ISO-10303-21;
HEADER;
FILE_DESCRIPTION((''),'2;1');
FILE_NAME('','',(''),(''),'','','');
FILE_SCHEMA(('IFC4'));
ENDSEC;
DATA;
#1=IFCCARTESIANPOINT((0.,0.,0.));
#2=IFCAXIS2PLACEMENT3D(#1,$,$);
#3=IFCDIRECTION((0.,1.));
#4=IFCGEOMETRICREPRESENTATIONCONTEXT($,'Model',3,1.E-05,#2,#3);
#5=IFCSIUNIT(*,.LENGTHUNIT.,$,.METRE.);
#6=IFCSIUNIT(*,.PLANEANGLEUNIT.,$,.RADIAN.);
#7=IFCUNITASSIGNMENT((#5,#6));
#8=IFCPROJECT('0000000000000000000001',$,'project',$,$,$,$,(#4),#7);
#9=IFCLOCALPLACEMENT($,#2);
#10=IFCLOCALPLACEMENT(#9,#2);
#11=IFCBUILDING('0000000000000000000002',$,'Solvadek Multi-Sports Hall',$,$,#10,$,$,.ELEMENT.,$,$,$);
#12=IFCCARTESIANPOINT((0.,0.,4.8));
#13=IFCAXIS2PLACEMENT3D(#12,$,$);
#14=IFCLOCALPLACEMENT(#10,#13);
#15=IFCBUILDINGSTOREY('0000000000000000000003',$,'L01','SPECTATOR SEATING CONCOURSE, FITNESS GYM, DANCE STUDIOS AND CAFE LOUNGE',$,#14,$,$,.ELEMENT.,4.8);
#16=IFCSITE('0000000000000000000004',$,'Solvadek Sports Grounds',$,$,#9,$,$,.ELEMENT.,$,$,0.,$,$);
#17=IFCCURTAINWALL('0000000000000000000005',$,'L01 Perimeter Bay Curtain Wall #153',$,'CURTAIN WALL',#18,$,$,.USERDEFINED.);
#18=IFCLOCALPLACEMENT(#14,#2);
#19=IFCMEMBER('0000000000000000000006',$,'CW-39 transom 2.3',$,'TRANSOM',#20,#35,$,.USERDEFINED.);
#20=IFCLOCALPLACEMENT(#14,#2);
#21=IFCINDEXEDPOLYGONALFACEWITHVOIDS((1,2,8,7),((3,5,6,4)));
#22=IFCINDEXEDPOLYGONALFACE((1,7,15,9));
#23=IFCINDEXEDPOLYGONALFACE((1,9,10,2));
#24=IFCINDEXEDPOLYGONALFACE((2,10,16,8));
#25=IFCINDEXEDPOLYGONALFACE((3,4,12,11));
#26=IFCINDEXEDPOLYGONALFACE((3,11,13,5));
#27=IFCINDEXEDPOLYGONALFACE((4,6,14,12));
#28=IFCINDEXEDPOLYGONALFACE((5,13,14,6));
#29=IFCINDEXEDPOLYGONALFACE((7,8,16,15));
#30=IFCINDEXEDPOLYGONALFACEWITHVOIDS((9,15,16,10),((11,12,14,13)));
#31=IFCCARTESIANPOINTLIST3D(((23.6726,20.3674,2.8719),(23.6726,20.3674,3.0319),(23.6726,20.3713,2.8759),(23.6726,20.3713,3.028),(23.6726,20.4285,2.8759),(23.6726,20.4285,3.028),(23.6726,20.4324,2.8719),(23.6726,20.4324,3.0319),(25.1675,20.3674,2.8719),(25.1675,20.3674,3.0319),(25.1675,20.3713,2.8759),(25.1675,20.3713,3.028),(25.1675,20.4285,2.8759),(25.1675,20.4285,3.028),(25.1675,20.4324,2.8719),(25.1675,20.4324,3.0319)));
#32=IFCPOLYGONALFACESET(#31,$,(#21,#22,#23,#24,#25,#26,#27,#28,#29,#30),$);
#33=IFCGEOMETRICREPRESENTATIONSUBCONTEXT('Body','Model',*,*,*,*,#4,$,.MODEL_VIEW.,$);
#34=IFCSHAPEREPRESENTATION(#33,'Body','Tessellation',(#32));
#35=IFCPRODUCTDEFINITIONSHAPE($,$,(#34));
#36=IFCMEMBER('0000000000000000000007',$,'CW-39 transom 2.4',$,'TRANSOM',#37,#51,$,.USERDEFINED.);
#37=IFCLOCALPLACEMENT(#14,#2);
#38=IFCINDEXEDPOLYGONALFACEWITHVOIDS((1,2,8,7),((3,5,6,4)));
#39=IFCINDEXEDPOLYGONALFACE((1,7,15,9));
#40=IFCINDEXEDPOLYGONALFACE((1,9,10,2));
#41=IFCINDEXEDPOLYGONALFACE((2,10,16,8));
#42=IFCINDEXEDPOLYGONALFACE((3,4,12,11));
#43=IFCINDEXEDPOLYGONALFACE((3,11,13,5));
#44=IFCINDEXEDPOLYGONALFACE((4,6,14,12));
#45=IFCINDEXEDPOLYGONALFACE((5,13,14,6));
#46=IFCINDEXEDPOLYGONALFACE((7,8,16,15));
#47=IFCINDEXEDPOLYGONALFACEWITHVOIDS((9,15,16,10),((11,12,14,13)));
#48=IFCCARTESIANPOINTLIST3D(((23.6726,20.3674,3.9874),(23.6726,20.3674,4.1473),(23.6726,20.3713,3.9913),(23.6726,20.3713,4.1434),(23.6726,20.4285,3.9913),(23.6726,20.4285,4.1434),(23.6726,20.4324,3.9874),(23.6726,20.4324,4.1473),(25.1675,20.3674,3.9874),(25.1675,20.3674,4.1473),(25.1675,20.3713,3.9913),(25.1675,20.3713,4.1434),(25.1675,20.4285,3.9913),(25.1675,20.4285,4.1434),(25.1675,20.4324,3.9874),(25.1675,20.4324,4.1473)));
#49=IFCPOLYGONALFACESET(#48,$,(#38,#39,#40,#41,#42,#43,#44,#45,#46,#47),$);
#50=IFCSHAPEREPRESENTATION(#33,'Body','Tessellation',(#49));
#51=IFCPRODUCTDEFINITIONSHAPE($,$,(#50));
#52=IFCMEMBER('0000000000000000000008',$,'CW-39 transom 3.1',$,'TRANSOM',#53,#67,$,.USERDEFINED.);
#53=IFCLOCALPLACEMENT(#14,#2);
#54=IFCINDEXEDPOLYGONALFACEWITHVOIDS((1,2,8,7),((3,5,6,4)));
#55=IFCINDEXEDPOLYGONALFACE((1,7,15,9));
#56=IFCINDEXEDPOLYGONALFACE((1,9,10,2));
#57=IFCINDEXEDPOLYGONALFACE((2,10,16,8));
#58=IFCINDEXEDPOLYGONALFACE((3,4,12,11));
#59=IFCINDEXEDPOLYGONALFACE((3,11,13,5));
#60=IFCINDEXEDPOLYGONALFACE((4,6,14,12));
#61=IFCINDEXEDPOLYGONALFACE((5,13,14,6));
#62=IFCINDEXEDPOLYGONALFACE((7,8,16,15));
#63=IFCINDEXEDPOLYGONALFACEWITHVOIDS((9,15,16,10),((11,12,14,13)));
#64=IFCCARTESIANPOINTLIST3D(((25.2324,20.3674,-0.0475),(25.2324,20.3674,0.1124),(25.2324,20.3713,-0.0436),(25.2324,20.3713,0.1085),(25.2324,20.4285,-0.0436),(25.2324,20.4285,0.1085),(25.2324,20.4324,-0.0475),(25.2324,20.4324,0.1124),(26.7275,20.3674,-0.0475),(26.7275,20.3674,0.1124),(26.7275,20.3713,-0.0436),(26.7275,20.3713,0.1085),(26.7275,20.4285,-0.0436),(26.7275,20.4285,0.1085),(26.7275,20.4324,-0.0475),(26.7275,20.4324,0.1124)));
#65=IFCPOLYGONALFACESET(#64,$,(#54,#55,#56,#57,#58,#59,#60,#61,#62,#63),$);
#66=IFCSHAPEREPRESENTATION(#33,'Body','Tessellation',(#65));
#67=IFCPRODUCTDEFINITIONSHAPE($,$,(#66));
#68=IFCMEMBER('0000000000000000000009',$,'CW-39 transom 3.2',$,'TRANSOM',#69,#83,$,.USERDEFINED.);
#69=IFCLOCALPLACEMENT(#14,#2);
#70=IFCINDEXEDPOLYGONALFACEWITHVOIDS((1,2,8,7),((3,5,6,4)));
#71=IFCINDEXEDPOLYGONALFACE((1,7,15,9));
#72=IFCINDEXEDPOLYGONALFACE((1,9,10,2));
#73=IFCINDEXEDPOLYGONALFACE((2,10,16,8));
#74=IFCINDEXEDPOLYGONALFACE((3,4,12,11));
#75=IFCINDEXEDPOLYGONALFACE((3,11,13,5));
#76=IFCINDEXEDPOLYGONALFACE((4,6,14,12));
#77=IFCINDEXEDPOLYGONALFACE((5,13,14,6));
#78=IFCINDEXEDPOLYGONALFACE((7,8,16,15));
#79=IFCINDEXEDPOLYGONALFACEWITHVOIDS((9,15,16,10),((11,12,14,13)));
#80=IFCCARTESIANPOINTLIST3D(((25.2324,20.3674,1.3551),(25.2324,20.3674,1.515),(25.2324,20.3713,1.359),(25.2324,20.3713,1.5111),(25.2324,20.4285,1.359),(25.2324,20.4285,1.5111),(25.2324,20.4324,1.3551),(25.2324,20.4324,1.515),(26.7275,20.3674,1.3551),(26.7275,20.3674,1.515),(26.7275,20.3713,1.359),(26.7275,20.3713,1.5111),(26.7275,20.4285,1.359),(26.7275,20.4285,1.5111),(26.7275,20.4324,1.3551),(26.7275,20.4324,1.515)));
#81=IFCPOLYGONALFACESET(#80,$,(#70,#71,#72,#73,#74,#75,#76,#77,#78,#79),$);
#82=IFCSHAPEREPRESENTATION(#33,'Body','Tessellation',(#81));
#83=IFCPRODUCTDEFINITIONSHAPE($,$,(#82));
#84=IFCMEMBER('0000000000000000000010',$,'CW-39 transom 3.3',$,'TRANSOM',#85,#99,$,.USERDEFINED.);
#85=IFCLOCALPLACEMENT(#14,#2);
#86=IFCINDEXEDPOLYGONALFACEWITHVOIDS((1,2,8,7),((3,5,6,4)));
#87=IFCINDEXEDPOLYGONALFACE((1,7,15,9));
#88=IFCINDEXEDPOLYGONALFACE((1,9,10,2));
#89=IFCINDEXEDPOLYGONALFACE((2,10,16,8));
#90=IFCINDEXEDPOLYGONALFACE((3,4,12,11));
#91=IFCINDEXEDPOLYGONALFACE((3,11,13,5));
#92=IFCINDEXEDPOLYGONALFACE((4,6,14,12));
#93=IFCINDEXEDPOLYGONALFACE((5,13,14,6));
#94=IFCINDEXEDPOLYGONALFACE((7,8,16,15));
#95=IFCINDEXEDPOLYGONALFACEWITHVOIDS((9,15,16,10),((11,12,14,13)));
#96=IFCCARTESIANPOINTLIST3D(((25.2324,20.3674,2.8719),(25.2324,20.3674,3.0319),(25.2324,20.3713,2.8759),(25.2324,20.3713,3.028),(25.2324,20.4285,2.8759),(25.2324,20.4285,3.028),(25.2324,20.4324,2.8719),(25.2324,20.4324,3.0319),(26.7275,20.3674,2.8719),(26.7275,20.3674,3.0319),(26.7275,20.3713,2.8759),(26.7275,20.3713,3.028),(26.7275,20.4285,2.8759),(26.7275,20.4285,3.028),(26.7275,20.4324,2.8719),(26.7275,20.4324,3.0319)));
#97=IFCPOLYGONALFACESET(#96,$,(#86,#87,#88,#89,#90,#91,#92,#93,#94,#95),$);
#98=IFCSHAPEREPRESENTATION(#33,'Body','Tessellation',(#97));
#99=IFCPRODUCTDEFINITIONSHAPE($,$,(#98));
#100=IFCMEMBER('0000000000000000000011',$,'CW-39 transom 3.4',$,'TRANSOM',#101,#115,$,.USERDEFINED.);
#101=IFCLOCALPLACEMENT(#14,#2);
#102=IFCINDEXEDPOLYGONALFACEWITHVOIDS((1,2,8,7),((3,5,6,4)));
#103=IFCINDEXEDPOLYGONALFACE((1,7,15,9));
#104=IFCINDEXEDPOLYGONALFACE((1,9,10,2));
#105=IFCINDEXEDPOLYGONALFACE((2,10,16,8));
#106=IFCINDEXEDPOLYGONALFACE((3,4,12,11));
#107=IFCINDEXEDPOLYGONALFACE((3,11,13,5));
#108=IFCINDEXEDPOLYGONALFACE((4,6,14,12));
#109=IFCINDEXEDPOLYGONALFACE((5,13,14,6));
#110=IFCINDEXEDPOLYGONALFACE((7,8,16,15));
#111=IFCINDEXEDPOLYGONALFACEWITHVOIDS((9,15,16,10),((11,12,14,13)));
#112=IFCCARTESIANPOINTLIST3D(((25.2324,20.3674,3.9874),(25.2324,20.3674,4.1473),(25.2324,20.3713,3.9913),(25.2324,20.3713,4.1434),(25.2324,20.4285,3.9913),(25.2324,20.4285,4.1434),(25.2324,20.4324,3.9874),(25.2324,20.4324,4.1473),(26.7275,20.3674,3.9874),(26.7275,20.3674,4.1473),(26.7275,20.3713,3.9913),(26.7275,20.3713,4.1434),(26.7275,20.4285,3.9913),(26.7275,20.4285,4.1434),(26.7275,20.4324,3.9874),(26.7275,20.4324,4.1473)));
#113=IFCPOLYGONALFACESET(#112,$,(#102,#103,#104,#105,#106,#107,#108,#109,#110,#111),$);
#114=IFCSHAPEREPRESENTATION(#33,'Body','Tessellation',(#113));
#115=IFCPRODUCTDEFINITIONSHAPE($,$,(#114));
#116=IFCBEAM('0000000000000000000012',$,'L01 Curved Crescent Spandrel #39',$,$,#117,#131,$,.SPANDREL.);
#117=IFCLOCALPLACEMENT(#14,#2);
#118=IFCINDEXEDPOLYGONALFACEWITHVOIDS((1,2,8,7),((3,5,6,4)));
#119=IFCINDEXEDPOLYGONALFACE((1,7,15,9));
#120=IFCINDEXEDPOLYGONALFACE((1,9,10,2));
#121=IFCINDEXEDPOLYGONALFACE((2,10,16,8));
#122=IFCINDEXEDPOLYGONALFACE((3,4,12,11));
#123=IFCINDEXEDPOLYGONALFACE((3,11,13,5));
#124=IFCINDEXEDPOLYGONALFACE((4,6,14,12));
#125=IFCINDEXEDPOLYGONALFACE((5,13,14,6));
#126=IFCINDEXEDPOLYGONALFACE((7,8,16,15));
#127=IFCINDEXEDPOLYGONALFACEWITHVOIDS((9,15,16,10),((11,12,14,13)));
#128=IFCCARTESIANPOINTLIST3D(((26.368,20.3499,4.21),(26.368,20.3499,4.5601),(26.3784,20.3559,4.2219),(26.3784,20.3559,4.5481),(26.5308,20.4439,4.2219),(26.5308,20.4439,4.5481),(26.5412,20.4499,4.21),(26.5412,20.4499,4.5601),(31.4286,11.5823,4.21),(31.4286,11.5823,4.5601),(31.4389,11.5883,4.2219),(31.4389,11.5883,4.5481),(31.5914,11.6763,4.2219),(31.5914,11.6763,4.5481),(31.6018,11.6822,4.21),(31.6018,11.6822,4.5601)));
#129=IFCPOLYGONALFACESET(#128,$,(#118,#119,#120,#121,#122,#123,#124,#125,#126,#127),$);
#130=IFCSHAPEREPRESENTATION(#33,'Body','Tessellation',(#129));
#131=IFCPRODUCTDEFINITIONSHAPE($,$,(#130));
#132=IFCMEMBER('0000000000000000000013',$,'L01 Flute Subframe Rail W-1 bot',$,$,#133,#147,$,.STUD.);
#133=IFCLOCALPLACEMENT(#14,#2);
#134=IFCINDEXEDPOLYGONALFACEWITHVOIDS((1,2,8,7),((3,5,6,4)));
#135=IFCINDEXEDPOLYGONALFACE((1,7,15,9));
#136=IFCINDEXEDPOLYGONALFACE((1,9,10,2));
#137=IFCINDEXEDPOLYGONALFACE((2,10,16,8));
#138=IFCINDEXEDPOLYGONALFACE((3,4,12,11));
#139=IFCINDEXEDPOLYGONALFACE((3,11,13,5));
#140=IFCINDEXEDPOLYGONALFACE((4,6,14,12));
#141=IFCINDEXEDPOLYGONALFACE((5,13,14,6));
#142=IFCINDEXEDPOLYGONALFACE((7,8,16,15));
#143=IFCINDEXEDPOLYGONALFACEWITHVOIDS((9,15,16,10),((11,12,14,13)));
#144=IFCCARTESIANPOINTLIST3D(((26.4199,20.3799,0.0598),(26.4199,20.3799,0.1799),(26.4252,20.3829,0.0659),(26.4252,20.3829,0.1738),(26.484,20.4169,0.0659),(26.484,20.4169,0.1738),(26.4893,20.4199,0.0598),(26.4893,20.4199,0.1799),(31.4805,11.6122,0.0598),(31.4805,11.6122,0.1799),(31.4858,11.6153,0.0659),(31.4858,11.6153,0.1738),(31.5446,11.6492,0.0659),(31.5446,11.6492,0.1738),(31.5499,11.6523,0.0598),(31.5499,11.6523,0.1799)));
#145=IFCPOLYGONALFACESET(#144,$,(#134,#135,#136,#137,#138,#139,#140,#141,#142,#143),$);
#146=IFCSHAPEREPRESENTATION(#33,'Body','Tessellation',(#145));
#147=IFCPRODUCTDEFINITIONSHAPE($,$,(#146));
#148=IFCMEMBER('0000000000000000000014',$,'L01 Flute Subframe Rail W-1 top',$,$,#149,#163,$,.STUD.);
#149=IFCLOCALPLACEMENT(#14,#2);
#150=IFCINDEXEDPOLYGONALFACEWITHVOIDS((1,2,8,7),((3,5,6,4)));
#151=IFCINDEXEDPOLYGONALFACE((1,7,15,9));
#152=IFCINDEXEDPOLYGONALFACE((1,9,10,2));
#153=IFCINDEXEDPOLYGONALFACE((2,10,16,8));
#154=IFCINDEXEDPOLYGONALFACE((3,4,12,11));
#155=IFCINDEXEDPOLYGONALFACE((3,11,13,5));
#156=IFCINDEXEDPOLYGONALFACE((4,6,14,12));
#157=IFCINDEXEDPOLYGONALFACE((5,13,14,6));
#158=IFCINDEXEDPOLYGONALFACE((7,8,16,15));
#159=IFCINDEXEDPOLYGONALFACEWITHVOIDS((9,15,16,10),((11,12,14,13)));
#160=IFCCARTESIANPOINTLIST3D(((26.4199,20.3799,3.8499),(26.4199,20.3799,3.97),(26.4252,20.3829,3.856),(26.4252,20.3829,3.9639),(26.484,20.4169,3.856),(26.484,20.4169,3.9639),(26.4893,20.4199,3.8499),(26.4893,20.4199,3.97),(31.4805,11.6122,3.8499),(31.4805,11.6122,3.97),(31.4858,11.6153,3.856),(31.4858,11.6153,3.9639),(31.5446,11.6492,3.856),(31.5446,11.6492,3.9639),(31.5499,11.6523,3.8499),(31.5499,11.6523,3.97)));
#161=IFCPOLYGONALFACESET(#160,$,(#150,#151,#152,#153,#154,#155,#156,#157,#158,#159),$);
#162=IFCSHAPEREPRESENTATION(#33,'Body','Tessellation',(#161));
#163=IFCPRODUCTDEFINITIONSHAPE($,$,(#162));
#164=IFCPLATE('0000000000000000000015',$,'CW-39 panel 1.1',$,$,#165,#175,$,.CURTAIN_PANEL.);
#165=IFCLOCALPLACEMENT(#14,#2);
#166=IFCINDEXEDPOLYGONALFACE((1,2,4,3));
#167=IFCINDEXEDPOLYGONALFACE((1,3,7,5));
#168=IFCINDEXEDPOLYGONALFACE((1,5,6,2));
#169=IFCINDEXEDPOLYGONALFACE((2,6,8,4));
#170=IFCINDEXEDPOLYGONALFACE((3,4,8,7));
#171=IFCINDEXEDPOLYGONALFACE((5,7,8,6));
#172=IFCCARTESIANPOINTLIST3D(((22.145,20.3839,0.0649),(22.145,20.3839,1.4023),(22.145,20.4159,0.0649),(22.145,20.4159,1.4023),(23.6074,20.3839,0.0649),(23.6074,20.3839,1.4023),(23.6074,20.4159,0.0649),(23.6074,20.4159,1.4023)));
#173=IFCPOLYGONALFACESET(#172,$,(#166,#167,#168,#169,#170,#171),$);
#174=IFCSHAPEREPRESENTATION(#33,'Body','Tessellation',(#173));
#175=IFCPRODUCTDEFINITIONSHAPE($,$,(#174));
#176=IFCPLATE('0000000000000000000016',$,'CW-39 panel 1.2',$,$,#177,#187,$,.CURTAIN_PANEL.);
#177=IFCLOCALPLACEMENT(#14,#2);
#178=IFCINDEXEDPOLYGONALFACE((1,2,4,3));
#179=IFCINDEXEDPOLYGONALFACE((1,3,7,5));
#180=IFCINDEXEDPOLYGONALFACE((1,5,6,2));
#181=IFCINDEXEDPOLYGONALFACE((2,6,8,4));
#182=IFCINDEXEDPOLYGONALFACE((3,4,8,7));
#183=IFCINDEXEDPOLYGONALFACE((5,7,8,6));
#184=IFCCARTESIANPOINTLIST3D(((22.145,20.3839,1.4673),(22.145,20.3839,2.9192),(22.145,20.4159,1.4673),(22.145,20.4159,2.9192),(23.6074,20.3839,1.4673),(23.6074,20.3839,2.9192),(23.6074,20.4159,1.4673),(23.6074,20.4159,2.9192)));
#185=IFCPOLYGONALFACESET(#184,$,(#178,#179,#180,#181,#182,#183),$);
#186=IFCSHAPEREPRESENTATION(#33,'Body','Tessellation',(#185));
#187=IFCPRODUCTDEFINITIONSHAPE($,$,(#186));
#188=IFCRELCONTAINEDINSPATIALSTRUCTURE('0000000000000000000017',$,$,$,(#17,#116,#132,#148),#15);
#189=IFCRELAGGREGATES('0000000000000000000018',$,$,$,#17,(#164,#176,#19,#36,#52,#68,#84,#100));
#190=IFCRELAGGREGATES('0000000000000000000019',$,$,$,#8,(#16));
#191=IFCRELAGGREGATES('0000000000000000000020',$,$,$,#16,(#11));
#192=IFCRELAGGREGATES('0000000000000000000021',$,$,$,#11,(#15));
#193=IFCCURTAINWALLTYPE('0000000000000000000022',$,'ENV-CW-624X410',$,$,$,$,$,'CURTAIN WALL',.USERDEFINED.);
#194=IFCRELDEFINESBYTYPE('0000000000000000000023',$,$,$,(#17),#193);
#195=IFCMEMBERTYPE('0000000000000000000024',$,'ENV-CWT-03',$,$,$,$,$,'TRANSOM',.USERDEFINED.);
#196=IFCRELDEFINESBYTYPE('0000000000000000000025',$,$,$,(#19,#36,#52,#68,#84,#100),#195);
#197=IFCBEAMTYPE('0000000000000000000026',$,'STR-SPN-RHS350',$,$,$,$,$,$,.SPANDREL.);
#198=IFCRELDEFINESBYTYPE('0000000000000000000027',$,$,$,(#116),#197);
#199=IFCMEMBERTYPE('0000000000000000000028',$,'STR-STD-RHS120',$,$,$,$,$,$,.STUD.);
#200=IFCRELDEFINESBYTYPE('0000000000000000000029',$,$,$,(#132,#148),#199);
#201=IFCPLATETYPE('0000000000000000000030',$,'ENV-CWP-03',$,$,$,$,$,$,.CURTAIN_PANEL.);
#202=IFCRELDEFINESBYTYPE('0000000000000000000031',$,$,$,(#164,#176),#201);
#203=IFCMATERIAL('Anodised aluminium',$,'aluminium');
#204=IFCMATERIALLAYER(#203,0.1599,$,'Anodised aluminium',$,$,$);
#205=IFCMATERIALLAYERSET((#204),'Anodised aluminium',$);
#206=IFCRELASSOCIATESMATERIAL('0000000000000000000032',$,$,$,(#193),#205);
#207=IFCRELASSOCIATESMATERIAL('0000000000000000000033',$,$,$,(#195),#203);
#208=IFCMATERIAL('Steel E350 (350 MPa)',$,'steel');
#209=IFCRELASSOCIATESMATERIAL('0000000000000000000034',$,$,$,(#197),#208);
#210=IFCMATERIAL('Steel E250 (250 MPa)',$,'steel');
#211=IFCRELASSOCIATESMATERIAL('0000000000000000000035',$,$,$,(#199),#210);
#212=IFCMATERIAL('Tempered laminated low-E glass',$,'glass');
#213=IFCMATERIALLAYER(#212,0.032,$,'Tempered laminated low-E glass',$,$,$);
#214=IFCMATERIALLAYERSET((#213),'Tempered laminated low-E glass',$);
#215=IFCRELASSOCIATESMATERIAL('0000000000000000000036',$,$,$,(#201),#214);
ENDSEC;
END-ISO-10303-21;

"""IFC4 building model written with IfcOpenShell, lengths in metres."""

from ifc_helpers import new_model, si_unit, direction, frame, origin, origin_2d, place, context, subcontext, project, spatial, rectangle, hollow_rectangle, extrude, material, layer, layer_set, material_profile, profile_set, type_object, element, aggregate, save


model = new_model("IFC4")

# Units and contexts
model_context = context("Model", 3, precision=1e-05, world=origin(), true_north=direction((0.0, 1.0)))
body_context = subcontext(model_context, "Body", "Model", "MODEL_VIEW")
ifc_project = project(units=[si_unit("LENGTHUNIT", "METRE"), si_unit("PLANEANGLEUNIT", "RADIAN")], contexts=[model_context])

# Site, building, storey
site_placement = place(None, origin())
site = spatial("IfcSite", under=ifc_project, at=site_placement, Name="Solvadek Sports Grounds", CompositionType="ELEMENT", RefElevation=0.0)
building_placement = place(site_placement, origin())
building = spatial("IfcBuilding", under=site, at=building_placement, Name="Solvadek Multi-Sports Hall", CompositionType="ELEMENT")
storey_placement = place(building_placement, frame((0.0, 0.0, 4.8)))
storey = spatial("IfcBuildingStorey", under=building, at=storey_placement, Name="L01", Description="SPECTATOR SEATING CONCOURSE, FITNESS GYM, DANCE STUDIOS AND CAFE LOUNGE", CompositionType="ELEMENT", Elevation=4.8)

# Shared definitions
ifc_material_1 = material(Name="Steel E350 (350 MPa)", Category="steel")

# Shared definitions
ifc_material_2 = material(Name="Anodised aluminium", Category="aluminium")

# Curtain wall, members
ifc_layer_1 = layer(ifc_material_2, 0.1599, Name="Anodised aluminium")
ifc_layer_set_1 = layer_set([ifc_layer_1], Name="Anodised aluminium")
curtain_wall_type_1 = type_object("IfcCurtainWallType", Name="ENV-CW-624X410", ElementType="CURTAIN WALL", PredefinedType="USERDEFINED", material=ifc_layer_set_1)
curtain_wall_1_placement = place(storey_placement, origin())
curtain_wall_1 = element("IfcCurtainWall", 1, at=curtain_wall_1_placement, inside=storey, type_object=curtain_wall_type_1, Name="L01 Perimeter Bay Curtain Wall #153", ObjectType="CURTAIN WALL", PredefinedType="USERDEFINED")
ifc_material_profile_1 = material_profile(ifc_material_2, hollow_rectangle(XDim=0.0649, YDim=0.1599, WallThickness=0.0039, at=origin_2d()), Name="ALU-T 160x65x4")
ifc_profile_set_1 = profile_set([ifc_material_profile_1], Name="Anodised aluminium")
member_type_1 = type_object("IfcMemberType", Name="ENV-CWT-03", ElementType="TRANSOM", PredefinedType="USERDEFINED", material=ifc_profile_set_1)
member_1_placement = place(storey_placement, frame((23.6726, 20.3999, 2.9519), z_axis=(1.0, 0.0, 0.0), x_axis=(0.0, 1.0, 0.0)))
member_1 = element("IfcMember", 2, at=member_1_placement, type_object=member_type_1, Name="CW-39 transom 2.3", ObjectType="TRANSOM", PredefinedType="USERDEFINED", context=body_context, shape_type="SweptSolid", body=[
    extrude(hollow_rectangle(XDim=0.0649, YDim=0.1599, WallThickness=0.0039, at=origin_2d()), origin(), (0.0, 0.0, 1.0), 1.4949),
])
member_2_placement = place(storey_placement, frame((23.6726, 20.3999, 4.0674), z_axis=(1.0, 0.0, 0.0), x_axis=(0.0, 1.0, 0.0)))
member_2 = element("IfcMember", 3, at=member_2_placement, type_object=member_type_1, Name="CW-39 transom 2.4", ObjectType="TRANSOM", PredefinedType="USERDEFINED", context=body_context, shape_type="SweptSolid", body=[
    extrude(hollow_rectangle(XDim=0.0649, YDim=0.1599, WallThickness=0.0039, at=origin_2d()), origin(), (0.0, 0.0, 1.0), 1.4949),
])
member_3_placement = place(storey_placement, frame((25.2324, 20.3999, 0.0325), z_axis=(1.0, 0.0, 0.0), x_axis=(0.0, 1.0, 0.0)))
member_3 = element("IfcMember", 4, at=member_3_placement, type_object=member_type_1, Name="CW-39 transom 3.1", ObjectType="TRANSOM", PredefinedType="USERDEFINED", context=body_context, shape_type="SweptSolid", body=[
    extrude(hollow_rectangle(XDim=0.0649, YDim=0.1599, WallThickness=0.0039, at=origin_2d()), origin(), (0.0, 0.0, 1.0), 1.4951),
])
member_4_placement = place(storey_placement, frame((25.2324, 20.3999, 1.4351), z_axis=(1.0, 0.0, 0.0), x_axis=(0.0, 1.0, 0.0)))
member_4 = element("IfcMember", 5, at=member_4_placement, type_object=member_type_1, Name="CW-39 transom 3.2", ObjectType="TRANSOM", PredefinedType="USERDEFINED", context=body_context, shape_type="SweptSolid", body=[
    extrude(hollow_rectangle(XDim=0.0649, YDim=0.1599, WallThickness=0.0039, at=origin_2d()), origin(), (0.0, 0.0, 1.0), 1.4951),
])
member_5_placement = place(storey_placement, frame((25.2324, 20.3999, 2.9519), z_axis=(1.0, 0.0, 0.0), x_axis=(0.0, 1.0, 0.0)))
member_5 = element("IfcMember", 6, at=member_5_placement, type_object=member_type_1, Name="CW-39 transom 3.3", ObjectType="TRANSOM", PredefinedType="USERDEFINED", context=body_context, shape_type="SweptSolid", body=[
    extrude(hollow_rectangle(XDim=0.0649, YDim=0.1599, WallThickness=0.0039, at=origin_2d()), origin(), (0.0, 0.0, 1.0), 1.4951),
])
member_6_placement = place(storey_placement, frame((25.2324, 20.3999, 4.0674), z_axis=(1.0, 0.0, 0.0), x_axis=(0.0, 1.0, 0.0)))
member_6 = element("IfcMember", 7, at=member_6_placement, type_object=member_type_1, Name="CW-39 transom 3.4", ObjectType="TRANSOM", PredefinedType="USERDEFINED", context=body_context, shape_type="SweptSolid", body=[
    extrude(hollow_rectangle(XDim=0.0649, YDim=0.1599, WallThickness=0.0039, at=origin_2d()), origin(), (0.0, 0.0, 1.0), 1.4951),
])

# Beam
ifc_material_profile_2 = material_profile(ifc_material_1, hollow_rectangle(XDim=0.2, YDim=0.3501, WallThickness=0.012, at=origin_2d()), Name="RHS 350x200x12")
ifc_profile_set_2 = profile_set([ifc_material_profile_2], Name="Steel E350 (350 MPa)")
beam_type = type_object("IfcBeamType", Name="STR-SPN-RHS350", PredefinedType="SPANDREL", material=ifc_profile_set_2)
beam_placement = place(storey_placement, frame((26.4546, 20.3999, 4.385), z_axis=(0.499895, -0.866086, 0.0), x_axis=(0.866086, 0.499895, 0.0)))
element("IfcBeam", 8, at=beam_placement, inside=storey, type_object=beam_type, Name="L01 Curved Crescent Spandrel #39", PredefinedType="SPANDREL", context=body_context, shape_type="SweptSolid", body=[
    extrude(hollow_rectangle(XDim=0.2, YDim=0.3501, WallThickness=0.012, at=origin_2d()), origin(), (0.0, 0.0, 1.0), 10.1233),
])

# Members
ifc_material_3 = material(Name="Steel E250 (250 MPa)", Category="steel")
ifc_material_profile_3 = material_profile(ifc_material_3, hollow_rectangle(XDim=0.0801, YDim=0.1201, WallThickness=0.0061, at=origin_2d()), Name="RHS 120x80x6")
ifc_profile_set_3 = profile_set([ifc_material_profile_3], Name="Steel E250 (250 MPa)")
member_type_2 = type_object("IfcMemberType", Name="STR-STD-RHS120", PredefinedType="STUD", material=ifc_profile_set_3)
for number, where, z_axis, x_axis, name in (
    (9, (26.4546, 20.3999, 0.1199), (0.499895, -0.866086, 0.0), (0.866086, 0.499895, 0.0), "L01 Flute Subframe Rail W-1 bot"),
    (10, (26.4546, 20.3999, 3.9099), (0.499895, -0.866086, 0.0), (0.866086, 0.499895, 0.0), "L01 Flute Subframe Rail W-1 top"),
):
    element("IfcMember", number, at=place(storey_placement, frame(where, z_axis=z_axis, x_axis=x_axis)), inside=storey, type_object=member_type_2, Name=name, PredefinedType="STUD", context=body_context, shape_type="SweptSolid", body=[
        extrude(hollow_rectangle(XDim=0.0801, YDim=0.1201, WallThickness=0.0061, at=origin_2d()), origin(), (0.0, 0.0, 1.0), 10.1233),
    ])

# Plates
ifc_material_4 = material(Name="Tempered laminated low-E glass", Category="glass")
ifc_layer_2 = layer(ifc_material_4, 0.032, Name="Tempered laminated low-E glass")
ifc_layer_set_2 = layer_set([ifc_layer_2], Name="Tempered laminated low-E glass")
plate_type = type_object("IfcPlateType", Name="ENV-CWP-03", PredefinedType="CURTAIN_PANEL", material=ifc_layer_set_2)
plate_1_placement = place(storey_placement, frame((22.8762, 20.3999, 0.0649), z_axis=(0.0, 0.0, 1.0), x_axis=(1.0, 0.0, 0.0)))
plate_1 = element("IfcPlate", 11, at=plate_1_placement, type_object=plate_type, Name="CW-39 panel 1.1", PredefinedType="CURTAIN_PANEL", context=body_context, shape_type="SweptSolid", body=[
    extrude(rectangle(XDim=1.4624, YDim=0.032, at=origin_2d()), origin(), (0.0, 0.0, 1.0), 1.3374),
])
plate_2_placement = place(storey_placement, frame((22.8762, 20.3999, 1.4673), z_axis=(0.0, 0.0, 1.0), x_axis=(1.0, 0.0, 0.0)))
plate_2 = element("IfcPlate", 12, at=plate_2_placement, type_object=plate_type, Name="CW-39 panel 1.2", PredefinedType="CURTAIN_PANEL", context=body_context, shape_type="SweptSolid", body=[
    extrude(rectangle(XDim=1.4624, YDim=0.032, at=origin_2d()), origin(), (0.0, 0.0, 1.0), 1.4519),
])
aggregate(curtain_wall_1, [plate_1, plate_2, member_1, member_2, member_3, member_4, member_5, member_6])

save(model, "model.ifc")
